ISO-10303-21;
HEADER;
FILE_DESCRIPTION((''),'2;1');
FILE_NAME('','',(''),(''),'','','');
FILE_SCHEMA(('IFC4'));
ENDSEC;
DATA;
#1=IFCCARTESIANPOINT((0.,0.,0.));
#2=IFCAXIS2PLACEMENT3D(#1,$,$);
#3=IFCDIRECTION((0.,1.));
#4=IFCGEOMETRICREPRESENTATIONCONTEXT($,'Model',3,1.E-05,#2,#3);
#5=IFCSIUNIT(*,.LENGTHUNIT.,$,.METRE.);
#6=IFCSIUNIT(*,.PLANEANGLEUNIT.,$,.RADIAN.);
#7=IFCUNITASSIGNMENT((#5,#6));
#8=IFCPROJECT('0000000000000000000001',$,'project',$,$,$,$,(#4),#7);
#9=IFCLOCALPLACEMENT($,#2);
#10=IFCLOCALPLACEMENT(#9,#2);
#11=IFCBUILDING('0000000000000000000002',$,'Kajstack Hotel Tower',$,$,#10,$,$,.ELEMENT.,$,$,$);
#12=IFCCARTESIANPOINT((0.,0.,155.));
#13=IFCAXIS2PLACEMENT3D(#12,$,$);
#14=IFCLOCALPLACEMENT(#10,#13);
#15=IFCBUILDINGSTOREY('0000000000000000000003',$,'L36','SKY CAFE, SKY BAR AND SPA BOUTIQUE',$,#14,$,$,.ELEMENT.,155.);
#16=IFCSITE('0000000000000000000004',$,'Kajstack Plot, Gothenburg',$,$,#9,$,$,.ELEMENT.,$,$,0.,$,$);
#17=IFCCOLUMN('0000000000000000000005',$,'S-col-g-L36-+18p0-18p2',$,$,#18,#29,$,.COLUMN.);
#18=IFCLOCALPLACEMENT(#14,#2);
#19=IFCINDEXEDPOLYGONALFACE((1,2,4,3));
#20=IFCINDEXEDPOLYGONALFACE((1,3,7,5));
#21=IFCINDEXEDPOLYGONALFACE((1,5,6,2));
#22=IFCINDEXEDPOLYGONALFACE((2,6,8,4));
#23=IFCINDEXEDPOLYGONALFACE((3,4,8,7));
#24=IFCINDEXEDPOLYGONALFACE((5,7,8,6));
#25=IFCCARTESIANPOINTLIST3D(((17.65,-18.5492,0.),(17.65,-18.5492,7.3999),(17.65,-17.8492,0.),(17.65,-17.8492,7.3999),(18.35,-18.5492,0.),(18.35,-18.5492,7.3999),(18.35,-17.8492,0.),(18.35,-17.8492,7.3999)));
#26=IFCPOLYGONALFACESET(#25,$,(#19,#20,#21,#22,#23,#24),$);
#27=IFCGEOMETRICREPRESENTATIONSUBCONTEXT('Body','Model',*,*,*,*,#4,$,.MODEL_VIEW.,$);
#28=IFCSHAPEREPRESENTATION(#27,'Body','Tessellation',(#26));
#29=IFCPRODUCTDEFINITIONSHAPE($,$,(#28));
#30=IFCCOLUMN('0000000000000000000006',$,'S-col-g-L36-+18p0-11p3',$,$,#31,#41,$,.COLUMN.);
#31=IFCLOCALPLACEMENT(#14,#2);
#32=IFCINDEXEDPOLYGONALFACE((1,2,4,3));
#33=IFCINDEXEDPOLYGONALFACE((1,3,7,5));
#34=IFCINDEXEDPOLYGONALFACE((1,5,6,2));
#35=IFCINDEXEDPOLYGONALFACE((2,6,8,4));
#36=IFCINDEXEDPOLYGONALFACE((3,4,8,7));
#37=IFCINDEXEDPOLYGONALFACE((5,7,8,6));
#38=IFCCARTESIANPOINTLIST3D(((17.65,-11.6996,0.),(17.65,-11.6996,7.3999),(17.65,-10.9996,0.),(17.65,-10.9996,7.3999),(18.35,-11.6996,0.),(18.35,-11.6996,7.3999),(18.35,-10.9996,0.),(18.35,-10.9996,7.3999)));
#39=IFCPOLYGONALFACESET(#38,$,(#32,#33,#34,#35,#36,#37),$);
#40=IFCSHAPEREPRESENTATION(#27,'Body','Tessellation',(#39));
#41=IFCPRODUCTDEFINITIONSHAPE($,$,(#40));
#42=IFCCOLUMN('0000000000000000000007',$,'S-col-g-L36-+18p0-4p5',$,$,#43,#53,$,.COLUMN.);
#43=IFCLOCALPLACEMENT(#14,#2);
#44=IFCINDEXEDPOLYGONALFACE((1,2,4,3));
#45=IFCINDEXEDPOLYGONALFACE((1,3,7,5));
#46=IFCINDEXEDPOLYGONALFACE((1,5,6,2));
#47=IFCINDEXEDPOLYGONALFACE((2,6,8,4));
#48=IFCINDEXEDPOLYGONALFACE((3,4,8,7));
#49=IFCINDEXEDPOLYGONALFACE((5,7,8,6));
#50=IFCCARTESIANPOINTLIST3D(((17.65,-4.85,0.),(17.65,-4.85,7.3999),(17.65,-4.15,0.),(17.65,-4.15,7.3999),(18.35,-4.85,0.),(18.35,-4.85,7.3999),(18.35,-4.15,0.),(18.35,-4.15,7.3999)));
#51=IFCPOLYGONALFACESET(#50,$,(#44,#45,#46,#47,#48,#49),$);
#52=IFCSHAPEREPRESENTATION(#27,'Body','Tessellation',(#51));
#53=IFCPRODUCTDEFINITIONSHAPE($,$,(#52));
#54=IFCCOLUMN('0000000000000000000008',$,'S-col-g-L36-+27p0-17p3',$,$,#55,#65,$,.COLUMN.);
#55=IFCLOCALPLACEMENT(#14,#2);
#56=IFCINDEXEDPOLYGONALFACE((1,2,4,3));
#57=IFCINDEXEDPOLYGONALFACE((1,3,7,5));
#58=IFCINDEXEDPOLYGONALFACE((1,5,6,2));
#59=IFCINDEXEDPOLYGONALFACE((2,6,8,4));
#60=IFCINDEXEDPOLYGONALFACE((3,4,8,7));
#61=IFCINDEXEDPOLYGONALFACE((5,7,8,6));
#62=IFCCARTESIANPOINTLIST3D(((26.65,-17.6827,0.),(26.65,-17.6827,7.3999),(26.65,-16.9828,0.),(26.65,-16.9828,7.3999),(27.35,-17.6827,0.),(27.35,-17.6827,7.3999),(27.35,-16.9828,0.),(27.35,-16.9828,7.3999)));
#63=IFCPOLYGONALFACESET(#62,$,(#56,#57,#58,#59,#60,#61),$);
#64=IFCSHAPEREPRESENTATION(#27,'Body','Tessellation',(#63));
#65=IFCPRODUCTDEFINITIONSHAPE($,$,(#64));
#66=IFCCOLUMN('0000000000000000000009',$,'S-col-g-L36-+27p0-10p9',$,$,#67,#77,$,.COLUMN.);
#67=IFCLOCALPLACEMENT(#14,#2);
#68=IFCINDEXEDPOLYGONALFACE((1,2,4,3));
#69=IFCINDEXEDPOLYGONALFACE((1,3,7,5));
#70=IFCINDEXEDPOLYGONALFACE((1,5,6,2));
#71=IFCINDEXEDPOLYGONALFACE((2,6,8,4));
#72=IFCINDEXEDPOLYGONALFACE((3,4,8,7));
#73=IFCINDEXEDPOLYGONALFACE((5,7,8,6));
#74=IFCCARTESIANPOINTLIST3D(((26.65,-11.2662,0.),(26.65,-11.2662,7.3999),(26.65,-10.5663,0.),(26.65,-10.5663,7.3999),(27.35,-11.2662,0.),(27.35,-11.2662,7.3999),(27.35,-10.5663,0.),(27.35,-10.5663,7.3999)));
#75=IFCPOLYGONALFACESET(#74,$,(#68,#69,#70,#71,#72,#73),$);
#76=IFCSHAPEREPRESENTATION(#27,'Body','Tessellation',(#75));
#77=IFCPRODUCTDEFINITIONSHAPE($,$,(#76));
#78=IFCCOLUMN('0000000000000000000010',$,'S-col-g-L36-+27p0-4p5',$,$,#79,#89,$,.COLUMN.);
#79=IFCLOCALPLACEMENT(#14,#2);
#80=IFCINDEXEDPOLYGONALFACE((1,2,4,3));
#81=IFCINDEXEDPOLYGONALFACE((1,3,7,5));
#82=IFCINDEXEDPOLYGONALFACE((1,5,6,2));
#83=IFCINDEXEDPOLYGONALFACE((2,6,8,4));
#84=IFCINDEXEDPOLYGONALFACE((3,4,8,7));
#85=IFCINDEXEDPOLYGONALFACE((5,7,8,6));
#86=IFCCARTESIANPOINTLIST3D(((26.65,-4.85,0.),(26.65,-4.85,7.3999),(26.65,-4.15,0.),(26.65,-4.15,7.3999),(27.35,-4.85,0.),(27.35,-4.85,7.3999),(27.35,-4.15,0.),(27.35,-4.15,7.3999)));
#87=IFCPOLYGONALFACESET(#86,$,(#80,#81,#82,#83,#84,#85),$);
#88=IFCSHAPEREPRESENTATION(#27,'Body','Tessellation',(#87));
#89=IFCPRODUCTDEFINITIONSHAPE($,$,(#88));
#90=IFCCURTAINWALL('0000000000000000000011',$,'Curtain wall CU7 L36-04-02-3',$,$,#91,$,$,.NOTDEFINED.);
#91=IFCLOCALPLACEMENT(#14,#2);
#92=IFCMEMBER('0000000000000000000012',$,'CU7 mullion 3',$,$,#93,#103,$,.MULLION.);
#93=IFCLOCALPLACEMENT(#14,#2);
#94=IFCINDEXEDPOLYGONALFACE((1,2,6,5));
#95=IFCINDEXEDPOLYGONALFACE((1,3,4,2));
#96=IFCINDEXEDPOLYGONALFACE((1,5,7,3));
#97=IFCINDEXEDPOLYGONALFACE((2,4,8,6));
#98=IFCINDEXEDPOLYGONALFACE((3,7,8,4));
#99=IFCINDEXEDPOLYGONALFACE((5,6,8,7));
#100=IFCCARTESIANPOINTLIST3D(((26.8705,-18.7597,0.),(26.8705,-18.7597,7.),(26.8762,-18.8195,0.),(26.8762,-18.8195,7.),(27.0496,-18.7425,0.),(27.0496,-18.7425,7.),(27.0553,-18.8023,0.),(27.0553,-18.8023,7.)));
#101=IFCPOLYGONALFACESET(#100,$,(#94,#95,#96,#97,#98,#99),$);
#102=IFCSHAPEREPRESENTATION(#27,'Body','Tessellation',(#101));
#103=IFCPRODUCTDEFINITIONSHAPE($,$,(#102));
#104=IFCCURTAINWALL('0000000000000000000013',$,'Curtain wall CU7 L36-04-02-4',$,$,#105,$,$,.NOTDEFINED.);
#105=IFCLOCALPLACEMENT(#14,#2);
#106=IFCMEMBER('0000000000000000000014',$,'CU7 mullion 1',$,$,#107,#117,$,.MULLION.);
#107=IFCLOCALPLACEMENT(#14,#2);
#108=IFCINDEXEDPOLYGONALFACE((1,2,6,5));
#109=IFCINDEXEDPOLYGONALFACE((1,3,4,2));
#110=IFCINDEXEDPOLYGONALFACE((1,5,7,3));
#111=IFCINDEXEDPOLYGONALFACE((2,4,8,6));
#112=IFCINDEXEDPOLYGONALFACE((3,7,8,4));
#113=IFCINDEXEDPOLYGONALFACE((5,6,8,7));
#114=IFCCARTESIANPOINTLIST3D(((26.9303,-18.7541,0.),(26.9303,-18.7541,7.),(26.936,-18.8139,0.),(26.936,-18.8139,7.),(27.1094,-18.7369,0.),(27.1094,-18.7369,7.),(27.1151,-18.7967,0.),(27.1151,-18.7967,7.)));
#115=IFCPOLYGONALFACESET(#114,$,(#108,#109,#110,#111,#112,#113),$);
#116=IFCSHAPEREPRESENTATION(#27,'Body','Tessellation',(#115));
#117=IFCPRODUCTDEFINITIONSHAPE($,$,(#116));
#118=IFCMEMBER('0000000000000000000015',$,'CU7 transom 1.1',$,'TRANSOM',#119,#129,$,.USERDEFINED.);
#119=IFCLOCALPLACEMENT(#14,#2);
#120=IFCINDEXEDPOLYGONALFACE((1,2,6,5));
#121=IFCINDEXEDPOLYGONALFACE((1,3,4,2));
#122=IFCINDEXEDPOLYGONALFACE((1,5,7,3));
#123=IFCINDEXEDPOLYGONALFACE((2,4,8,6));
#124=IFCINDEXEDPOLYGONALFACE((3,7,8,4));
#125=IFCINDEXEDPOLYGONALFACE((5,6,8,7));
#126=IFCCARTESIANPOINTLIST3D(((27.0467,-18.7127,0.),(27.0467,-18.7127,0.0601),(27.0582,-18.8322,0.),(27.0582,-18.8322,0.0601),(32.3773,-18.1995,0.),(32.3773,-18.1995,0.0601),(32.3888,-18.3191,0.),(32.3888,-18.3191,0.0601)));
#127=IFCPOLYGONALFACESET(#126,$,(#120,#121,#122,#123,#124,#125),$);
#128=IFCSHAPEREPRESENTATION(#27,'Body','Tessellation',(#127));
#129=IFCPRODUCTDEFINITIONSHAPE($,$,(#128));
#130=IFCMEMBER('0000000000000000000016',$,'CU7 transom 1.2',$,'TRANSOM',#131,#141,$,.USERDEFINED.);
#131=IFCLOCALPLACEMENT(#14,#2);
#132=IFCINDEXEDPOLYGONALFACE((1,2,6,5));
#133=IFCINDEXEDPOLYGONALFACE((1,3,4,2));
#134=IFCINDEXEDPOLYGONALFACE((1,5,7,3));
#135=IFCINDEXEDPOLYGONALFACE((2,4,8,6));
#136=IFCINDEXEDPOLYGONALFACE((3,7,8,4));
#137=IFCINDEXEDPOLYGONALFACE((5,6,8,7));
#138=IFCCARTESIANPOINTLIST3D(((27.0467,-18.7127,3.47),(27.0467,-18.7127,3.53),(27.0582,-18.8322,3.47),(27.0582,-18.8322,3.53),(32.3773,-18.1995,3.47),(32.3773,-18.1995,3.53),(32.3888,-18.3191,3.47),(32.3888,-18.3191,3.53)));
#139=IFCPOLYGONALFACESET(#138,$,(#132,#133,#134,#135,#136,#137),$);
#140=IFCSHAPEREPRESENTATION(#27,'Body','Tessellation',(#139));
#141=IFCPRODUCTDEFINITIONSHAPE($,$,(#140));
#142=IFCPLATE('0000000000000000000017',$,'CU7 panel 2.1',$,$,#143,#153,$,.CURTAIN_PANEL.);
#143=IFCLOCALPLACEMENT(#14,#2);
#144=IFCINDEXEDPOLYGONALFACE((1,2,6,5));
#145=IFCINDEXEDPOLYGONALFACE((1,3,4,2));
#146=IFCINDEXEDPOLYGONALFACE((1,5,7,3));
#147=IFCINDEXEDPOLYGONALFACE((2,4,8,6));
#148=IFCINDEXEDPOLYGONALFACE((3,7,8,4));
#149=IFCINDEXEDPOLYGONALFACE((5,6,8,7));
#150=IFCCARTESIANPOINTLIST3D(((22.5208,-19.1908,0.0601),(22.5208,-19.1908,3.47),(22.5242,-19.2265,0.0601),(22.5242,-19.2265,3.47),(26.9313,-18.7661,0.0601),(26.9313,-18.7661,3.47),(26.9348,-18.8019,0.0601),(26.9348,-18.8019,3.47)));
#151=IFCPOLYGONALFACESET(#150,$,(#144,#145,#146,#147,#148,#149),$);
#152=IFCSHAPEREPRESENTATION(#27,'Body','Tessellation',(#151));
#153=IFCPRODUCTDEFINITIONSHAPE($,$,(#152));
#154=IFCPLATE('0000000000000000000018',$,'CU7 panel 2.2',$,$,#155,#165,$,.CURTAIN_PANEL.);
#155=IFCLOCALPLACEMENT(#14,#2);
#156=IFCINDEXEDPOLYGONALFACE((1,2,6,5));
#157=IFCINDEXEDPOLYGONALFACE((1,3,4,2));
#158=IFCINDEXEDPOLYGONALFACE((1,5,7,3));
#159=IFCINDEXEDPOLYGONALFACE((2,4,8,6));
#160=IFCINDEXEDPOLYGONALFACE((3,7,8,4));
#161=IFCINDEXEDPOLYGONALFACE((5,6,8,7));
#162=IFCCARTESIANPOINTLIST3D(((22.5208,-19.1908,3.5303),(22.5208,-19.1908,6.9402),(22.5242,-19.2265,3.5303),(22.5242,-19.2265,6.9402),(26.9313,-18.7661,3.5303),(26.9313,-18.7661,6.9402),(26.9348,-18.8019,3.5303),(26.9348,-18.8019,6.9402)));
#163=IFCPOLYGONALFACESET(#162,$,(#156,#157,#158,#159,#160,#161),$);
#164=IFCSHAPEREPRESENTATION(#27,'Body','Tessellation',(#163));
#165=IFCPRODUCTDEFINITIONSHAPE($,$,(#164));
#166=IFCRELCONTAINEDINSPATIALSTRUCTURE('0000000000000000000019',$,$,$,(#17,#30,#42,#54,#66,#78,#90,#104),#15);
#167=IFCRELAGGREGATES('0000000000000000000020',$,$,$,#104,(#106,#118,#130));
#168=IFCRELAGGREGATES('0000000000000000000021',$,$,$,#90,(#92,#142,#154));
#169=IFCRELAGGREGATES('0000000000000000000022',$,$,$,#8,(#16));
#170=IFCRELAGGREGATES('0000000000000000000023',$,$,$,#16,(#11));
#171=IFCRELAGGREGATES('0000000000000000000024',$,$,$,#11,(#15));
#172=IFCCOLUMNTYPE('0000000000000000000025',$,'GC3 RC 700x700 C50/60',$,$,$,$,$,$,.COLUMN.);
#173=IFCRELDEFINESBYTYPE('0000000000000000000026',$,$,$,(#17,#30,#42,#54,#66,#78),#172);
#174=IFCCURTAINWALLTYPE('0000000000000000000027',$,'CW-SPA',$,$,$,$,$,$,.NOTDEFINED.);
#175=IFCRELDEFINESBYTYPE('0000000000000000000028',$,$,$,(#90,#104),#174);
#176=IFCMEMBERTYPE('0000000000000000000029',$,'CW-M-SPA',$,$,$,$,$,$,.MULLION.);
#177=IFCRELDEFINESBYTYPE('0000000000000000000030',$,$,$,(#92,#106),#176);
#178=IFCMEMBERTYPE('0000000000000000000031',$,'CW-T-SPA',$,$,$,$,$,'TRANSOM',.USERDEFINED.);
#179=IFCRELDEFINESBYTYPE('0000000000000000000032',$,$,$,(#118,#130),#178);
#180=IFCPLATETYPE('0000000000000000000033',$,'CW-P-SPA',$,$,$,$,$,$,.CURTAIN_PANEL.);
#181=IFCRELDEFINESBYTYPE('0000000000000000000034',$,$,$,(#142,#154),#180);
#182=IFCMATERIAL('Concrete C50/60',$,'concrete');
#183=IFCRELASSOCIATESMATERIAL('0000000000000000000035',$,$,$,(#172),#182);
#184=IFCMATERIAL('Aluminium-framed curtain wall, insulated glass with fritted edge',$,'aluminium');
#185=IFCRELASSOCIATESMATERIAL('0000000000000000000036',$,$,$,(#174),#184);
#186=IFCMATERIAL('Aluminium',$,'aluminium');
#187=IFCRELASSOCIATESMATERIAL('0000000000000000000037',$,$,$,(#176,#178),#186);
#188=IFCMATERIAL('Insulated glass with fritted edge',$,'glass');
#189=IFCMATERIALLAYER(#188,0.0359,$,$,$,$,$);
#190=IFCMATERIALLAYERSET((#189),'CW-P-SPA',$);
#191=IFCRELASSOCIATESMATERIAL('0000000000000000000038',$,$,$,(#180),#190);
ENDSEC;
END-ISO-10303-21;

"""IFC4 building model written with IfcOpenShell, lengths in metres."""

from ifc_helpers import new_model, si_unit, direction, frame, origin, origin_2d, place, context, subcontext, project, spatial, rectangle, extrude, material, layer, layer_set, material_profile, profile_set, type_object, element, aggregate, save


model = new_model("IFC4")

# Units and contexts
model_context = context("Model", 3, precision=1e-05, world=origin(), true_north=direction((0.0, 1.0)))
body_context = subcontext(model_context, "Body", "Model", "MODEL_VIEW")
ifc_project = project(units=[si_unit("LENGTHUNIT", "METRE"), si_unit("PLANEANGLEUNIT", "RADIAN")], contexts=[model_context])

# Site, building, storey
site_placement = place(None, origin())
site = spatial("IfcSite", under=ifc_project, at=site_placement, Name="Kajstack Plot, Gothenburg", CompositionType="ELEMENT", RefElevation=0.0)
building_placement = place(site_placement, origin())
building = spatial("IfcBuilding", under=site, at=building_placement, Name="Kajstack Hotel Tower", CompositionType="ELEMENT")
storey_placement = place(building_placement, frame((0.0, 0.0, 155.0)))
storey = spatial("IfcBuildingStorey", under=building, at=storey_placement, Name="L36", Description="SKY CAFE, SKY BAR AND SPA BOUTIQUE", CompositionType="ELEMENT", Elevation=155.0)

# Columns
ifc_material_1 = material(Name="Concrete C50/60", Category="concrete")
ifc_material_profile_1 = material_profile(ifc_material_1, rectangle(XDim=0.7, YDim=0.7, at=origin_2d()), Name="RC 700x700")
ifc_profile_set_1 = profile_set([ifc_material_profile_1], Name="Concrete C50/60")
column_type = type_object("IfcColumnType", Name="GC3 RC 700x700 C50/60", PredefinedType="COLUMN", material=ifc_profile_set_1)
for number, where, z_axis, x_axis, name in (
    (1, (18.0, -18.1992, 0.0), (0.0, 0.0, 1.0), (1.0, 0.0, 0.0), "S-col-g-L36-+18p0-18p2"),
    (2, (18.0, -11.3496, 0.0), (0.0, 0.0, 1.0), (1.0, 0.0, 0.0), "S-col-g-L36-+18p0-11p3"),
    (3, (18.0, -4.5, 0.0), (0.0, 0.0, 1.0), (1.0, 0.0, 0.0), "S-col-g-L36-+18p0-4p5"),
    (4, (27.0, -17.3328, 0.0), (0.0, 0.0, 1.0), (1.0, 0.0, 0.0), "S-col-g-L36-+27p0-17p3"),
    (5, (27.0, -10.9163, 0.0), (0.0, 0.0, 1.0), (1.0, 0.0, 0.0), "S-col-g-L36-+27p0-10p9"),
    (6, (27.0, -4.5, 0.0), (0.0, 0.0, 1.0), (1.0, 0.0, 0.0), "S-col-g-L36-+27p0-4p5"),
):
    element("IfcColumn", number, at=place(storey_placement, frame(where, z_axis=z_axis, x_axis=x_axis)), inside=storey, type_object=column_type, Name=name, PredefinedType="COLUMN", context=body_context, shape_type="SweptSolid", body=[
        extrude(rectangle(XDim=0.7, YDim=0.7, at=origin_2d()), origin(), (0.0, 0.0, 1.0), 7.3999),
    ])

# Curtain wall, member
ifc_material_2 = material(Name="Aluminium-framed curtain wall, insulated glass with fritted edge", Category="aluminium")
curtain_wall_type = type_object("IfcCurtainWallType", Name="CW-SPA", PredefinedType="NOTDEFINED", material=ifc_material_2)
curtain_wall_1_placement = place(storey_placement, origin())
curtain_wall_1 = element("IfcCurtainWall", 7, at=curtain_wall_1_placement, inside=storey, type_object=curtain_wall_type, Name="Curtain wall CU7 L36-04-02-3", PredefinedType="NOTDEFINED")
ifc_material_3 = material(Name="Aluminium", Category="aluminium")
ifc_material_profile_2 = material_profile(ifc_material_3, rectangle(XDim=0.0601, YDim=0.1799, at=origin_2d()), Name="Aluminium mullion 60 x 180")
ifc_profile_set_2 = profile_set([ifc_material_profile_2], Name="Aluminium")
member_type_1 = type_object("IfcMemberType", Name="CW-M-SPA", PredefinedType="MULLION", material=ifc_profile_set_2)
member_1_placement = place(storey_placement, frame((26.9629, -18.781, 0.0), z_axis=(0.0, 0.0, 1.0), x_axis=(-0.095845, 0.995396, 0.0)))
member_1 = element("IfcMember", 8, at=member_1_placement, type_object=member_type_1, Name="CU7 mullion 3", PredefinedType="MULLION", context=body_context, shape_type="SweptSolid", body=[
    extrude(rectangle(XDim=0.0601, YDim=0.1799, at=origin_2d()), origin(), (0.0, 0.0, 1.0), 7.0),
])

# Curtain wall, members
curtain_wall_2_placement = place(storey_placement, origin())
curtain_wall_2 = element("IfcCurtainWall", 9, at=curtain_wall_2_placement, inside=storey, type_object=curtain_wall_type, Name="Curtain wall CU7 L36-04-02-4", PredefinedType="NOTDEFINED")
member_2_placement = place(storey_placement, frame((27.0227, -18.7754, 0.0), z_axis=(0.0, 0.0, 1.0), x_axis=(-0.095845, 0.995396, 0.0)))
member_2 = element("IfcMember", 10, at=member_2_placement, type_object=member_type_1, Name="CU7 mullion 1", PredefinedType="MULLION", context=body_context, shape_type="SweptSolid", body=[
    extrude(rectangle(XDim=0.0601, YDim=0.1799, at=origin_2d()), origin(), (0.0, 0.0, 1.0), 7.0),
])
ifc_material_profile_3 = material_profile(ifc_material_3, rectangle(XDim=0.1201, YDim=0.0601, at=origin_2d()), Name="Aluminium transom 120 x 60")
ifc_profile_set_3 = profile_set([ifc_material_profile_3], Name="Aluminium")
member_type_2 = type_object("IfcMemberType", Name="CW-T-SPA", ElementType="TRANSOM", PredefinedType="USERDEFINED", material=ifc_profile_set_3)
member_3_placement = place(storey_placement, frame((27.0525, -18.7725, 0.03), z_axis=(0.995398, 0.095829, 0.0), x_axis=(-0.095829, 0.995398, 0.0)))
member_3 = element("IfcMember", 11, at=member_3_placement, type_object=member_type_2, Name="CU7 transom 1.1", ObjectType="TRANSOM", PredefinedType="USERDEFINED", context=body_context, shape_type="SweptSolid", body=[
    extrude(rectangle(XDim=0.1201, YDim=0.0601, at=origin_2d()), origin(), (0.0, 0.0, 1.0), 5.3552),
])
member_4_placement = place(storey_placement, frame((27.0525, -18.7725, 3.5), z_axis=(0.995398, 0.095829, 0.0), x_axis=(-0.095829, 0.995398, 0.0)))
member_4 = element("IfcMember", 12, at=member_4_placement, type_object=member_type_2, Name="CU7 transom 1.2", ObjectType="TRANSOM", PredefinedType="USERDEFINED", context=body_context, shape_type="SweptSolid", body=[
    extrude(rectangle(XDim=0.1201, YDim=0.0601, at=origin_2d()), origin(), (0.0, 0.0, 1.0), 5.3552),
])
aggregate(curtain_wall_2, [member_2, member_3, member_4])

# Plates
ifc_material_4 = material(Name="Insulated glass with fritted edge", Category="glass")
ifc_layer_1 = layer(ifc_material_4, 0.0359)
ifc_layer_set_1 = layer_set([ifc_layer_1], Name="CW-P-SPA")
plate_type = type_object("IfcPlateType", Name="CW-P-SPA", PredefinedType="CURTAIN_PANEL", material=ifc_layer_set_1)
plate_1_placement = place(storey_placement, frame((24.7278, -18.9963, 0.0601), z_axis=(0.0, 0.0, 1.0), x_axis=(0.995396, 0.095845, 0.0)))
plate_1 = element("IfcPlate", 13, at=plate_1_placement, type_object=plate_type, Name="CU7 panel 2.1", PredefinedType="CURTAIN_PANEL", context=body_context, shape_type="SweptSolid", body=[
    extrude(rectangle(XDim=4.4309, YDim=0.0359, at=origin_2d()), origin(), (0.0, 0.0, 1.0), 3.4099),
])
plate_2_placement = place(storey_placement, frame((24.7278, -18.9963, 3.5303), z_axis=(0.0, 0.0, 1.0), x_axis=(0.995396, 0.095845, 0.0)))
plate_2 = element("IfcPlate", 14, at=plate_2_placement, type_object=plate_type, Name="CU7 panel 2.2", PredefinedType="CURTAIN_PANEL", context=body_context, shape_type="SweptSolid", body=[
    extrude(rectangle(XDim=4.4309, YDim=0.0359, at=origin_2d()), origin(), (0.0, 0.0, 1.0), 3.4099),
])
aggregate(curtain_wall_1, [member_1, plate_1, plate_2])

save(model, "model.ifc")
